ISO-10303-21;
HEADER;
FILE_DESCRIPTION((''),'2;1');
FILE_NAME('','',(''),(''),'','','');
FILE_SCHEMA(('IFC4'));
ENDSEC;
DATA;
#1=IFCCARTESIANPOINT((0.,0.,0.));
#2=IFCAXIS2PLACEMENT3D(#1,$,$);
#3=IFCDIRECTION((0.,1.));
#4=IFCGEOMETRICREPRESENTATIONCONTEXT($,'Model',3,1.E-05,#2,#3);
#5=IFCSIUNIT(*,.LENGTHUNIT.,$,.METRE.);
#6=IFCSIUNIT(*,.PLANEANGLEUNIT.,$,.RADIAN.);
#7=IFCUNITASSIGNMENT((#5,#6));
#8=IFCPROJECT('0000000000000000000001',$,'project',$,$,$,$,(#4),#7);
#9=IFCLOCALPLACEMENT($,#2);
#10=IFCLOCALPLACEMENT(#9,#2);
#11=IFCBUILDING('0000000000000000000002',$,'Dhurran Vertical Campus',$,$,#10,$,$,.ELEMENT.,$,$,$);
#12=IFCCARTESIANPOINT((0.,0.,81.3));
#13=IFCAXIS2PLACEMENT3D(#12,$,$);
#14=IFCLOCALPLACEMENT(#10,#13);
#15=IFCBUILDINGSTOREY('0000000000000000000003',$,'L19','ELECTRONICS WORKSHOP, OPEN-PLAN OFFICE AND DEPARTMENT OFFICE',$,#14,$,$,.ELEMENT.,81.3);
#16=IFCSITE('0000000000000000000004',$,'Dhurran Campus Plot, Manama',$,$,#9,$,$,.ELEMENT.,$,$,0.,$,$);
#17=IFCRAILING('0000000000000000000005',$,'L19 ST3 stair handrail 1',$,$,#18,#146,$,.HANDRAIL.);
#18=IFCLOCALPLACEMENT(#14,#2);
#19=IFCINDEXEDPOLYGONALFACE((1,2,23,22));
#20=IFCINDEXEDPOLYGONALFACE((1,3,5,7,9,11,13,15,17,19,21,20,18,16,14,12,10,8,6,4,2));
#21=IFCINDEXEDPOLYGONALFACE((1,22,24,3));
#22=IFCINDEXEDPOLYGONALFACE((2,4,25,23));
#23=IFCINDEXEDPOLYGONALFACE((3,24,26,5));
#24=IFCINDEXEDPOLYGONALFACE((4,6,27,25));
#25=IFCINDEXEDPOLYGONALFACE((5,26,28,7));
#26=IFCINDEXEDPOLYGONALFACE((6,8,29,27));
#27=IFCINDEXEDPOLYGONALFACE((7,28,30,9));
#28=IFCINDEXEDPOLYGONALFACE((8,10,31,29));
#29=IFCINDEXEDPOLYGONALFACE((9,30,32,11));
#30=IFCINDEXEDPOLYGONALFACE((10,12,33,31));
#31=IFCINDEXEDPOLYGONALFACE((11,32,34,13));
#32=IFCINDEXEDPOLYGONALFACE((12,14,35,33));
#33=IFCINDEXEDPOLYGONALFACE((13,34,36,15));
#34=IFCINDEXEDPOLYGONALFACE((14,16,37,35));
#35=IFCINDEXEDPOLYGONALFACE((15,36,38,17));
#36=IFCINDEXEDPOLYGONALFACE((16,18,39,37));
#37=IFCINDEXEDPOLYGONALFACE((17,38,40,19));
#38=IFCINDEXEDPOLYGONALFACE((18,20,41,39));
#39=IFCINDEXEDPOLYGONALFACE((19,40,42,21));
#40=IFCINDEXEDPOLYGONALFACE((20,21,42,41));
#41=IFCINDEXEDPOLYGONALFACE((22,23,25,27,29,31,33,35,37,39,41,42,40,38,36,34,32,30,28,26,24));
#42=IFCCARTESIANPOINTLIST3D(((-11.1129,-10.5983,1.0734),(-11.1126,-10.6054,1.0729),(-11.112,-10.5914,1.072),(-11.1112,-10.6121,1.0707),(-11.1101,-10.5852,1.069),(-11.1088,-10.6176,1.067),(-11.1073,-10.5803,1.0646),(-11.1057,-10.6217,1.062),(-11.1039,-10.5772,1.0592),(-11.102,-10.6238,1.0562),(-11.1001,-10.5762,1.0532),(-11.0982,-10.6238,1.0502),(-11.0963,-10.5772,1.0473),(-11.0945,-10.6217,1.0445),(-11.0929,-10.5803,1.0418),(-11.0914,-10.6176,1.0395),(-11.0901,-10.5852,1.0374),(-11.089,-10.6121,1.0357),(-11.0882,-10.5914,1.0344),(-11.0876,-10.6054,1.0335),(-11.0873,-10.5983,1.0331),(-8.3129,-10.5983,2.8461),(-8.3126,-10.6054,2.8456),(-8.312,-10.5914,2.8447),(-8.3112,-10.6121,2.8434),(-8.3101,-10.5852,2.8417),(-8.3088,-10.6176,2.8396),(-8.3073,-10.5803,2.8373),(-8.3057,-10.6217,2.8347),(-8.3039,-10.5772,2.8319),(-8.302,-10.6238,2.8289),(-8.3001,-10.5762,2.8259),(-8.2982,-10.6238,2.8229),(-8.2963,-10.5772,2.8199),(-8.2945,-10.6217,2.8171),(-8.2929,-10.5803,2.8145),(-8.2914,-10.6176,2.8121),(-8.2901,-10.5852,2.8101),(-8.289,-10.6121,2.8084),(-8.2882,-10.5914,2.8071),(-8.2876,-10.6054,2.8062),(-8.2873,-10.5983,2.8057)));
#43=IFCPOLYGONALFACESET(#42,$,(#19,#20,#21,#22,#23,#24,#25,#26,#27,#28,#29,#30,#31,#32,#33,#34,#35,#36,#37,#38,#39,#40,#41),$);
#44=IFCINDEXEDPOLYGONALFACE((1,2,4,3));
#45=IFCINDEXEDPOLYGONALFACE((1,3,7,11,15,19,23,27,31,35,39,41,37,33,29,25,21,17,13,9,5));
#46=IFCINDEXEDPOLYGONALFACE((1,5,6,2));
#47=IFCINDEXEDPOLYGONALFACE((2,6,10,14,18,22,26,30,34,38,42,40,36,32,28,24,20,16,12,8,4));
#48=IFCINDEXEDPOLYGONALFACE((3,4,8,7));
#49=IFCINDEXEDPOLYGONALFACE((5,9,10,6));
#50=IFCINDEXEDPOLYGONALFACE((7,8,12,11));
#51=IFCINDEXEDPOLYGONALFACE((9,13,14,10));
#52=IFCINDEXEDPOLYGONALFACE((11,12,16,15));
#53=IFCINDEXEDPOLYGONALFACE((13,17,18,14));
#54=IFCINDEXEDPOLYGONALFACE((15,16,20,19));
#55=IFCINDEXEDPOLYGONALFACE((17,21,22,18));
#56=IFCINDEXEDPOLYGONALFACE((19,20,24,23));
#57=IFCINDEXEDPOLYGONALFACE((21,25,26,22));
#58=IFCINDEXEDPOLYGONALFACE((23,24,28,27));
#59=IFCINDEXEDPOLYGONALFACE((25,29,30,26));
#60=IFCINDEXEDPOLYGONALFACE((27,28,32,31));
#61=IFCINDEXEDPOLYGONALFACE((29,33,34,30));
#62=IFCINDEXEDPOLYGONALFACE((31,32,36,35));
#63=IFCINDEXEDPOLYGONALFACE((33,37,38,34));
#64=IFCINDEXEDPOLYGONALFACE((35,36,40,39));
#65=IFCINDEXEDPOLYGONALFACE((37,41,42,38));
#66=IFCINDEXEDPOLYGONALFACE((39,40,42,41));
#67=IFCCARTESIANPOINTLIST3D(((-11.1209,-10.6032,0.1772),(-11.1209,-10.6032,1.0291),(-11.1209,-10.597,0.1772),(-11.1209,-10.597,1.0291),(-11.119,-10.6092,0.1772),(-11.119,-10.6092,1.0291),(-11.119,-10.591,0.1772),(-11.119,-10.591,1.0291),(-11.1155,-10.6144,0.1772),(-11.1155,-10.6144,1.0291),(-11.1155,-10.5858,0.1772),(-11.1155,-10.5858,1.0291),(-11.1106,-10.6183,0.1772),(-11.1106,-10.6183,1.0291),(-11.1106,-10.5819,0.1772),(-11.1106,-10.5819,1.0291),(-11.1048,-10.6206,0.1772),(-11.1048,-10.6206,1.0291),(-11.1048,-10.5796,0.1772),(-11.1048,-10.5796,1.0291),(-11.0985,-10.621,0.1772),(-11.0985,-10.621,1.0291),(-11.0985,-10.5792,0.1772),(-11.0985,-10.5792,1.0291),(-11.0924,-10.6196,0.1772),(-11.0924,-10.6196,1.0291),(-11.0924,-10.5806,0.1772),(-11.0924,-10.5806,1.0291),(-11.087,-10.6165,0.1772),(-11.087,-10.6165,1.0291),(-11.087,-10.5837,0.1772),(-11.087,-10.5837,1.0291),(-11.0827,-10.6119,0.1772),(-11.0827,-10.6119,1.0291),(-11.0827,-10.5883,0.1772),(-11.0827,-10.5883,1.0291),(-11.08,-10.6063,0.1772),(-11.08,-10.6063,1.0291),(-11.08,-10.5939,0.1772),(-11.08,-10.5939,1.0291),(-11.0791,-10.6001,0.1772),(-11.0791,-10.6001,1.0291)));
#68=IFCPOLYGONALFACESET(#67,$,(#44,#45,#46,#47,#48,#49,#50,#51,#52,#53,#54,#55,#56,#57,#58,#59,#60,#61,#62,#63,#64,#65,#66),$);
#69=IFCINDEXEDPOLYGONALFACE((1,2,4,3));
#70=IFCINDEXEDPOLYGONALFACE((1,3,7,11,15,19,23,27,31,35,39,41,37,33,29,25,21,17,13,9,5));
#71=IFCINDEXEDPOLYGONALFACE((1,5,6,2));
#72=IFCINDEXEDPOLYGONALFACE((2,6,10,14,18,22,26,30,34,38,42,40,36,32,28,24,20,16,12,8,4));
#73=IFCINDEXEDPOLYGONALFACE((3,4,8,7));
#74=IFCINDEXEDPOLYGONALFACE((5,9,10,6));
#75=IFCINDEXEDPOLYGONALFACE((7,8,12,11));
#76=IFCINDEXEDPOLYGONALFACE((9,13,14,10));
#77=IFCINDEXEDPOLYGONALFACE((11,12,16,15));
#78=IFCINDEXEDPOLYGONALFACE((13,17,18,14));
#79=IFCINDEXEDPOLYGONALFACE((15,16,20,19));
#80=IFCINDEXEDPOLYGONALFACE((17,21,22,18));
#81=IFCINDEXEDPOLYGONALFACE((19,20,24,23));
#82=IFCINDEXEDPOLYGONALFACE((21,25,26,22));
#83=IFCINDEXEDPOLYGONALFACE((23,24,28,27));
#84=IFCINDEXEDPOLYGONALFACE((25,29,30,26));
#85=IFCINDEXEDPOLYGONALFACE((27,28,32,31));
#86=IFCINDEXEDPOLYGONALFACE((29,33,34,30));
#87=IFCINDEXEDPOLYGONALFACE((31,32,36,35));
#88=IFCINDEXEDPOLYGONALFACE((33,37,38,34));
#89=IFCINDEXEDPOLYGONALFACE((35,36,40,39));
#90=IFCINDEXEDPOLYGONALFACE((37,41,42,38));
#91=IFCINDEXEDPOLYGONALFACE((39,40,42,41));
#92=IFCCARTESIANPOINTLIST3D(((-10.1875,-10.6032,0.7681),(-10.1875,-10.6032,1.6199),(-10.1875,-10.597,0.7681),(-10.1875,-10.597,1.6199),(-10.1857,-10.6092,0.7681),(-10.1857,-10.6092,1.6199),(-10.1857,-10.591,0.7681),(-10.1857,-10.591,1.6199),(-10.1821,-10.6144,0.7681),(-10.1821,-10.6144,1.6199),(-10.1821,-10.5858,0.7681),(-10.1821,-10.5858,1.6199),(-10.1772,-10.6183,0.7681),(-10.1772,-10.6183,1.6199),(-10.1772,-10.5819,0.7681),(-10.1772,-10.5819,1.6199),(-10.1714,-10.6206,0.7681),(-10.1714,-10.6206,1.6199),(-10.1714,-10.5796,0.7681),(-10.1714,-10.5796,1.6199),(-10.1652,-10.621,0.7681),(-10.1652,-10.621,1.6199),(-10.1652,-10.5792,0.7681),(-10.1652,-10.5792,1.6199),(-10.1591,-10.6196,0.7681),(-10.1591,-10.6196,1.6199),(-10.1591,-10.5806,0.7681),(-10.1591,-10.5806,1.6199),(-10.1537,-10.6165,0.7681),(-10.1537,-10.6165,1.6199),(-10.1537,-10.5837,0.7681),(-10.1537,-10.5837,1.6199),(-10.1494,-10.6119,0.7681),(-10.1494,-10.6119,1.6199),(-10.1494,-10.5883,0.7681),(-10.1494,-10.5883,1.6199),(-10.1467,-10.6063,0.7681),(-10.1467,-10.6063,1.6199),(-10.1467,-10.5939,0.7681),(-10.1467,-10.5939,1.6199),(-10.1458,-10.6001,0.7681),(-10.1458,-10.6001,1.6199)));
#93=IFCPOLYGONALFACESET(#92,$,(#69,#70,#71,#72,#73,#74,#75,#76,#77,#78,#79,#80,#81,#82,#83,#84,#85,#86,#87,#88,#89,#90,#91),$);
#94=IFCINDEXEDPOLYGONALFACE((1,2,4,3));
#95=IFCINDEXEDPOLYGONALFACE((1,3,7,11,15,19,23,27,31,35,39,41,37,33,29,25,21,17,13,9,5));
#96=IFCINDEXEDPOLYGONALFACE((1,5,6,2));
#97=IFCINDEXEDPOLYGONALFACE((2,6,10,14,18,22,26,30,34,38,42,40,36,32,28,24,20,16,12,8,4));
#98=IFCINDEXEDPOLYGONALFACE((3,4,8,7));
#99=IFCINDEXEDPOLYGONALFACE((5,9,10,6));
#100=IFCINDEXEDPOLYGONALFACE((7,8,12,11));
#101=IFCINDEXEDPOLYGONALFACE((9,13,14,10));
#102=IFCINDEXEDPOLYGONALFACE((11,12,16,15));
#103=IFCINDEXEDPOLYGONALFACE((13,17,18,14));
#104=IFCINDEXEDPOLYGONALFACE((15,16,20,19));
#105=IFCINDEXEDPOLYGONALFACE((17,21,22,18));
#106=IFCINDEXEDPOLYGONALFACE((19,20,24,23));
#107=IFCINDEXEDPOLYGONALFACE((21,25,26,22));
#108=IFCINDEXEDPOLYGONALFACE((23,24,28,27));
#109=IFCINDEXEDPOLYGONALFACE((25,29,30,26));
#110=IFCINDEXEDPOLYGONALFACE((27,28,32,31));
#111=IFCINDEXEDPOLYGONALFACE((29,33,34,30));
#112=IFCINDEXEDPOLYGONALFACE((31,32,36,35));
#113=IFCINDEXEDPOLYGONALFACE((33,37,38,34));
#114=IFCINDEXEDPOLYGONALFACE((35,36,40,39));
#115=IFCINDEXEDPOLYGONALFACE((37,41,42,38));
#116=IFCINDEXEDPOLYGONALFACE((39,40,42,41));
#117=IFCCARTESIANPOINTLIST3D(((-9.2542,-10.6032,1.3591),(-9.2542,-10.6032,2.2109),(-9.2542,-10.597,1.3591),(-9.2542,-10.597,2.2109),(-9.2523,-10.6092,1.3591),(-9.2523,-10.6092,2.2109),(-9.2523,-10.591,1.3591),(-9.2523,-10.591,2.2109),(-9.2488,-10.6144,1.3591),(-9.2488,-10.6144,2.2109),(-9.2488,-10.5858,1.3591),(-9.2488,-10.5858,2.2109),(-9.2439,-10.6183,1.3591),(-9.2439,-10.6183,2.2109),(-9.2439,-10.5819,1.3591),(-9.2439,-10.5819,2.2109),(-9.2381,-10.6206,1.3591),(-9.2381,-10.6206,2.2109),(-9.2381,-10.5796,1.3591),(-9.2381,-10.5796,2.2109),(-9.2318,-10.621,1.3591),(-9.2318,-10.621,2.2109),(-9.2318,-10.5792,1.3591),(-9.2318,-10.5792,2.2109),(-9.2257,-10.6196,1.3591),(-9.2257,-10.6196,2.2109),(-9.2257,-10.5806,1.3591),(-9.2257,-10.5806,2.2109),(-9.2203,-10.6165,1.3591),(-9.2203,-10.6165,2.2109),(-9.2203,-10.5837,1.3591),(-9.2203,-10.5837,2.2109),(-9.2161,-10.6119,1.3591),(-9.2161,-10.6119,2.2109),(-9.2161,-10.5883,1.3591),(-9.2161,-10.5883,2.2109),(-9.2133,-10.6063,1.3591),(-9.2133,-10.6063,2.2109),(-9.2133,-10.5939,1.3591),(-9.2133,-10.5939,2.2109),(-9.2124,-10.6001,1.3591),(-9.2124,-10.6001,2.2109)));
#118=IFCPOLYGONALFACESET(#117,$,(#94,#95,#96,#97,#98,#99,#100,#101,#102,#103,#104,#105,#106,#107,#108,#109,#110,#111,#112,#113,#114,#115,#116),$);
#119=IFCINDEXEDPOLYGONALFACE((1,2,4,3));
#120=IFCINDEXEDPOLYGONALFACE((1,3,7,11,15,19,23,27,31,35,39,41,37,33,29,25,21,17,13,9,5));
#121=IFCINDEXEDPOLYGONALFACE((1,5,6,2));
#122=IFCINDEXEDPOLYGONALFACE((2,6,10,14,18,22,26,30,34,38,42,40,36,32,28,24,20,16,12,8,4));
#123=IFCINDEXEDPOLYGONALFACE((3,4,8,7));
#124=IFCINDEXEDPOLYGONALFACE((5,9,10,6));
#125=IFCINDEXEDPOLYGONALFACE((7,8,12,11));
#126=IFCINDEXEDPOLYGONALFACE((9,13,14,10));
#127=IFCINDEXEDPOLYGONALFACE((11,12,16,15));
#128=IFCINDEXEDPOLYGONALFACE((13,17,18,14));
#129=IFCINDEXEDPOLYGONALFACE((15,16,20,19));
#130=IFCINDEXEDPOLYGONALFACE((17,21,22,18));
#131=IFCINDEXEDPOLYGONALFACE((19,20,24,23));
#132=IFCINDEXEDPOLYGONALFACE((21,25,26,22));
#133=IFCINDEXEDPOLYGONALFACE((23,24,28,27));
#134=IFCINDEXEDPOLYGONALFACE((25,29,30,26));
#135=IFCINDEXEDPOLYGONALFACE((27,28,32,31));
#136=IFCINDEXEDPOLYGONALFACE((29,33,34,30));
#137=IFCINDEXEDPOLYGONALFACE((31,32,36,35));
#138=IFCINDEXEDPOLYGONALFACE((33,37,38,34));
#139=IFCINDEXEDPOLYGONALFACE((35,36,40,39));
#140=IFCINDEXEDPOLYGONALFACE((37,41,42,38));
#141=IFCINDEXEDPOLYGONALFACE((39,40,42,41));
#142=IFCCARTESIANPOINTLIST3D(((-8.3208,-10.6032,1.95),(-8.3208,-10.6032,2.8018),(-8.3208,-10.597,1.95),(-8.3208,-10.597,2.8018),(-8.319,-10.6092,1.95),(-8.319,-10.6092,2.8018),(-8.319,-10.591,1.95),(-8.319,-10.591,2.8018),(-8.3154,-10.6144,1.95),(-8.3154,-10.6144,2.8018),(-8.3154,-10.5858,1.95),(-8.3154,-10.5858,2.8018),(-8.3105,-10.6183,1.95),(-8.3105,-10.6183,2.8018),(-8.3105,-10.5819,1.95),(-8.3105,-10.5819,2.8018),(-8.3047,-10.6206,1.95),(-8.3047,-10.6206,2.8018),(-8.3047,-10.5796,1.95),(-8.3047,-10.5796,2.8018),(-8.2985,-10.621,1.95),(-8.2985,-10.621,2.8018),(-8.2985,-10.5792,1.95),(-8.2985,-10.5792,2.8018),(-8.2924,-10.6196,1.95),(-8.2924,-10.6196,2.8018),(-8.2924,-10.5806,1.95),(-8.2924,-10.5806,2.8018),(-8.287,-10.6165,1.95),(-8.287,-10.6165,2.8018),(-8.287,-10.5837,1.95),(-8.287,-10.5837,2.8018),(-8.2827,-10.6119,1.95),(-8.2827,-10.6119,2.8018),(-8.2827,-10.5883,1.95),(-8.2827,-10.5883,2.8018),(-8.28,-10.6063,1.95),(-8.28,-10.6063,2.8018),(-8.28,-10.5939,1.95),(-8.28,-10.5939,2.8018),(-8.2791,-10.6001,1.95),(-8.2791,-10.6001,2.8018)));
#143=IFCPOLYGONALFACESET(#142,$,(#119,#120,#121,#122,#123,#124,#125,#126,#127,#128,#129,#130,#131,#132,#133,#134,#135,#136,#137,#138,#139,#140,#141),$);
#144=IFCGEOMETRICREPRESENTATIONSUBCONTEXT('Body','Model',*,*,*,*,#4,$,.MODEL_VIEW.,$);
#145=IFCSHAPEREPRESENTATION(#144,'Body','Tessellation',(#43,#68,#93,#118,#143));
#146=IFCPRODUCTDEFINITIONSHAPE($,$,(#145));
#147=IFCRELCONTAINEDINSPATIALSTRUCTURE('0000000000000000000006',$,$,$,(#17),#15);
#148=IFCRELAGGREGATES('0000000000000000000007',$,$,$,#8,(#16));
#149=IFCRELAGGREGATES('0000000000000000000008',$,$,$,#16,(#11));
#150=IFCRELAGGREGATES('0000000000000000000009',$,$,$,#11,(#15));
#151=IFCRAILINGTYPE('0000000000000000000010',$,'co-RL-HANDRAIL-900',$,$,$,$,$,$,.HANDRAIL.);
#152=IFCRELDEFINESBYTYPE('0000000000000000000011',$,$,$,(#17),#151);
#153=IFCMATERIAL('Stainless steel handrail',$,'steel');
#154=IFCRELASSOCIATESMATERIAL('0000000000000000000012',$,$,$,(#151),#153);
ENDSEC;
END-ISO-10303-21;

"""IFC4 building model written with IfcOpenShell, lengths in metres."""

from ifc_helpers import new_model, si_unit, direction, frame, origin, origin_2d, place, context, subcontext, project, spatial, circle, extrude, material, type_object, element, save


model = new_model("IFC4")

# Units and contexts
model_context = context("Model", 3, precision=1e-05, world=origin(), true_north=direction((0.0, 1.0)))
body_context = subcontext(model_context, "Body", "Model", "MODEL_VIEW")
ifc_project = project(units=[si_unit("LENGTHUNIT", "METRE"), si_unit("PLANEANGLEUNIT", "RADIAN")], contexts=[model_context])

# Site, building, storey
site_placement = place(None, origin())
site = spatial("IfcSite", under=ifc_project, at=site_placement, Name="Dhurran Campus Plot, Manama", CompositionType="ELEMENT", RefElevation=0.0)
building_placement = place(site_placement, origin())
building = spatial("IfcBuilding", under=site, at=building_placement, Name="Dhurran Vertical Campus", CompositionType="ELEMENT")
storey_placement = place(building_placement, frame((0.0, 0.0, 81.3)))
storey = spatial("IfcBuildingStorey", under=building, at=storey_placement, Name="L19", Description="ELECTRONICS WORKSHOP, OPEN-PLAN OFFICE AND DEPARTMENT OFFICE", CompositionType="ELEMENT", Elevation=81.3)

# Railing
ifc_material_1 = material(Name="Stainless steel handrail", Category="steel")
railing_type_1 = type_object("IfcRailingType", Name="co-RL-HANDRAIL-900", PredefinedType="HANDRAIL", material=ifc_material_1)
railing_1_placement = place(storey_placement, frame((-11.1001, -10.6001, 0.1772)))
element("IfcRailing", 1, at=railing_1_placement, inside=storey, type_object=railing_type_1, Name="L19 ST3 stair handrail 1", PredefinedType="HANDRAIL", context=body_context, shape_type="SweptSolid", body=[
    extrude(circle(Radius=0.0239, at=origin_2d()), frame((0.0, 0.0, 0.876), z_axis=(0.844909, 0.0, 0.53491), x_axis=(0.0, 1.0, 0.0)), (0.0, 0.0, 1.0), 3.314),
    extrude(circle(Radius=0.021, at=origin_2d()), origin(), (0.0, 0.0, 1.0), 0.8518),
    extrude(circle(Radius=0.021, at=origin_2d()), frame((0.9333, 0.0, 0.5908)), (0.0, 0.0, 1.0), 0.8518),
    extrude(circle(Radius=0.021, at=origin_2d()), frame((1.8667, 0.0, 1.1819)), (0.0, 0.0, 1.0), 0.8518),
    extrude(circle(Radius=0.021, at=origin_2d()), frame((2.8, 0.0, 1.7727)), (0.0, 0.0, 1.0), 0.8518),
])

save(model, "model.ifc")
